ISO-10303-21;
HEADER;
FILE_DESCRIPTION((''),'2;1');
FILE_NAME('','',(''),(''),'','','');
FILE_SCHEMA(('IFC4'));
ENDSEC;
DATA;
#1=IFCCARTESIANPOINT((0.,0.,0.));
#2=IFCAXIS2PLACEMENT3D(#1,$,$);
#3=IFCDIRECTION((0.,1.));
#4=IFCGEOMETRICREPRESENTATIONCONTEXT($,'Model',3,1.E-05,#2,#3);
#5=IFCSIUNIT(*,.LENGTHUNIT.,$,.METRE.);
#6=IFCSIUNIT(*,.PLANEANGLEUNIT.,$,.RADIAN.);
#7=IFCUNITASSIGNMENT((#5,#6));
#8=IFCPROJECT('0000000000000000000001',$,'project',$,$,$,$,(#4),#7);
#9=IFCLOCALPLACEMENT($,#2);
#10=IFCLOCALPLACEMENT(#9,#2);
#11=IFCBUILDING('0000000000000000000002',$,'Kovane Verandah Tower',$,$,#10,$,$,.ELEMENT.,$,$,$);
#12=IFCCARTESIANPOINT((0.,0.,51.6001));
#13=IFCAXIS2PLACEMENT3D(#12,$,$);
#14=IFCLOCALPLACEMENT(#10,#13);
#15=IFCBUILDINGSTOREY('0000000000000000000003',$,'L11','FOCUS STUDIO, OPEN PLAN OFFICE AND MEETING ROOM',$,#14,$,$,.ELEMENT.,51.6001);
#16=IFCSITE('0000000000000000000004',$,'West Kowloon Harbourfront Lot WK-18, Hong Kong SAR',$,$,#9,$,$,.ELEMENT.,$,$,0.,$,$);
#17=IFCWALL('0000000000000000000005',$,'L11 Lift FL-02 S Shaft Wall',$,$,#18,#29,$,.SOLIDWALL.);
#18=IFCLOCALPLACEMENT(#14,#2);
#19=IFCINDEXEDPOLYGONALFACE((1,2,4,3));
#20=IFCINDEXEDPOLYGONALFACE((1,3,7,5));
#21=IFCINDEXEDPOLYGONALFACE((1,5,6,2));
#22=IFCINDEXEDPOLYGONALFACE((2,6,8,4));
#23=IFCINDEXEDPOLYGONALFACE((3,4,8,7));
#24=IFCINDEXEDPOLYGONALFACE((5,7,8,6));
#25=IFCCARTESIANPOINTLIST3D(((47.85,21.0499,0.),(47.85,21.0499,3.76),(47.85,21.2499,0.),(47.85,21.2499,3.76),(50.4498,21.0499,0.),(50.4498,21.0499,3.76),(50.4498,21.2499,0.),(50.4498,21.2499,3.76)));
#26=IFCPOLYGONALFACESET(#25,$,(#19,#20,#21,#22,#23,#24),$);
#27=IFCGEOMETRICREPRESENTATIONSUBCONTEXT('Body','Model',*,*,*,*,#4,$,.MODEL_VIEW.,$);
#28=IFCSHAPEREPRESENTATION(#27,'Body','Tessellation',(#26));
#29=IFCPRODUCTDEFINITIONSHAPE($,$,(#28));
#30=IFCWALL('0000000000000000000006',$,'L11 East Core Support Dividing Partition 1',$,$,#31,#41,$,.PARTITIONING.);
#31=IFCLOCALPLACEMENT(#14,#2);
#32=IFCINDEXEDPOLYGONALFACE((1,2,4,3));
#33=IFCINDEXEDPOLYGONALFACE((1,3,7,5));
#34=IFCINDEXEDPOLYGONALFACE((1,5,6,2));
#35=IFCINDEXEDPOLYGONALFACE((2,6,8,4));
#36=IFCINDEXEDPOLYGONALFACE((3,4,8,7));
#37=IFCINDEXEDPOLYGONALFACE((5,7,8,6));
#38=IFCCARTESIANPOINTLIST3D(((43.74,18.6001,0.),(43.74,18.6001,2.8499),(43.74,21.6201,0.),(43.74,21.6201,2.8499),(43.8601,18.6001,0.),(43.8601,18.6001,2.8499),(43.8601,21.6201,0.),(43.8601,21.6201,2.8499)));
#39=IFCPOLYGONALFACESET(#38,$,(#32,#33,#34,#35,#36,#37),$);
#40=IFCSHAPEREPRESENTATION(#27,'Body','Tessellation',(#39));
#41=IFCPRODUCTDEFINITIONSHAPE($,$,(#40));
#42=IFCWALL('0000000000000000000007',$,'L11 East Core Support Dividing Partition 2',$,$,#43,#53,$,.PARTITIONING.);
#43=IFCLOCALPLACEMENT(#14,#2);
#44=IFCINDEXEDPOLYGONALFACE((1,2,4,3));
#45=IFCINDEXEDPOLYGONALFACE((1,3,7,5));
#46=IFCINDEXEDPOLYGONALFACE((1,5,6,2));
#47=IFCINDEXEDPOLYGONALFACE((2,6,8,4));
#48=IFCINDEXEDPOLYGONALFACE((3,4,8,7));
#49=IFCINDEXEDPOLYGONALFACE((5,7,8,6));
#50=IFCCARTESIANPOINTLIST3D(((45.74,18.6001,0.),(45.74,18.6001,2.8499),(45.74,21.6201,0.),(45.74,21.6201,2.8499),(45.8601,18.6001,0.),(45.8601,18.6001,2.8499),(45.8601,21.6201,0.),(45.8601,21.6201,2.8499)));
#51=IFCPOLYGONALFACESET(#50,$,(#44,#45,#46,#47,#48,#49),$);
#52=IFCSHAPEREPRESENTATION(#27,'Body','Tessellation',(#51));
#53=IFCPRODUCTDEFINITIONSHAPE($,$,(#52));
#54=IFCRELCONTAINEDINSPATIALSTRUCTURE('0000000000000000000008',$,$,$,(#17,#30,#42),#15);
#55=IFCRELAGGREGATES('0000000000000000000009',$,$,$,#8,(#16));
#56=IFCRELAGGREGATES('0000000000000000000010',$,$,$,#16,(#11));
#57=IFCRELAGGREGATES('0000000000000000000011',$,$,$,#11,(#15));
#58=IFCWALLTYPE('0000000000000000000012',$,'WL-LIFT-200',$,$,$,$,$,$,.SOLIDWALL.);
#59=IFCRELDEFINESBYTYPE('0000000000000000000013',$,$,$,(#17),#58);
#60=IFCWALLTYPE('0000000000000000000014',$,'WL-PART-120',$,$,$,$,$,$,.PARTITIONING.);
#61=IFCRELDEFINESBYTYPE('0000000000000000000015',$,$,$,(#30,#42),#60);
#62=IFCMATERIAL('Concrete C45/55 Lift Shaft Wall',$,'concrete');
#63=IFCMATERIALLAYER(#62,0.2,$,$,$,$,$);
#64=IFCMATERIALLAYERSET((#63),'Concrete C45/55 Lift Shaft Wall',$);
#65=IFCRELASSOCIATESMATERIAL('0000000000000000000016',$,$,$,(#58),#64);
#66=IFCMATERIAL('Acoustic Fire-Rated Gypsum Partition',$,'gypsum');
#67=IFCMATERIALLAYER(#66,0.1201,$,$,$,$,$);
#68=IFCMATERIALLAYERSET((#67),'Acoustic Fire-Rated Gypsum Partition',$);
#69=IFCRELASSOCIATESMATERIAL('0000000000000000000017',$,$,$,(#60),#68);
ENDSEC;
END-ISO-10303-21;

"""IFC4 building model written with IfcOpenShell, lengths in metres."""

from ifc_helpers import new_model, si_unit, direction, frame, frame_2d, origin, place, context, subcontext, project, spatial, rectangle, extrude, material, layer, layer_set, type_object, element, save


model = new_model("IFC4")

# Units and contexts
model_context = context("Model", 3, precision=1e-05, world=origin(), true_north=direction((0.0, 1.0)))
body_context = subcontext(model_context, "Body", "Model", "MODEL_VIEW")
ifc_project = project(units=[si_unit("LENGTHUNIT", "METRE"), si_unit("PLANEANGLEUNIT", "RADIAN")], contexts=[model_context])

# Site, building, storey
site_placement = place(None, origin())
site = spatial("IfcSite", under=ifc_project, at=site_placement, Name="West Kowloon Harbourfront Lot WK-18, Hong Kong SAR", CompositionType="ELEMENT", RefElevation=0.0)
building_placement = place(site_placement, origin())
building = spatial("IfcBuilding", under=site, at=building_placement, Name="Kovane Verandah Tower", CompositionType="ELEMENT")
storey_placement = place(building_placement, frame((0.0, 0.0, 51.6001)))
storey = spatial("IfcBuildingStorey", under=building, at=storey_placement, Name="L11", Description="FOCUS STUDIO, OPEN PLAN OFFICE AND MEETING ROOM", CompositionType="ELEMENT", Elevation=51.6001)

# Walls
ifc_material_1 = material(Name="Concrete C45/55 Lift Shaft Wall", Category="concrete")
ifc_layer_1 = layer(ifc_material_1, 0.2)
ifc_layer_set_1 = layer_set([ifc_layer_1], Name="Concrete C45/55 Lift Shaft Wall")
wall_type_1 = type_object("IfcWallType", Name="WL-LIFT-200", PredefinedType="SOLIDWALL", material=ifc_layer_set_1)
wall_1_placement = place(storey_placement, frame((47.8501, 21.1499, 0.0), z_axis=(0.0, 0.0, 1.0), x_axis=(1.0, 0.0, 0.0)))
element("IfcWall", 1, at=wall_1_placement, inside=storey, type_object=wall_type_1, Name="L11 Lift FL-02 S Shaft Wall", PredefinedType="SOLIDWALL", context=body_context, shape_type="SweptSolid", body=[
    extrude(rectangle(XDim=2.5999, YDim=0.2, at=frame_2d((1.2998, 0.0))), origin(), (0.0, 0.0, 1.0), 3.76),
])
ifc_material_2 = material(Name="Acoustic Fire-Rated Gypsum Partition", Category="gypsum")
ifc_layer_2 = layer(ifc_material_2, 0.1201)
ifc_layer_set_2 = layer_set([ifc_layer_2], Name="Acoustic Fire-Rated Gypsum Partition")
wall_type_2 = type_object("IfcWallType", Name="WL-PART-120", PredefinedType="PARTITIONING", material=ifc_layer_set_2)
for number, where, z_axis, x_axis, name in (
    (2, (43.8, 18.6001, 0.0), (0.0, 0.0, 1.0), (0.0, 1.0, 0.0), "L11 East Core Support Dividing Partition 1"),
    (3, (45.8, 18.6001, 0.0), (0.0, 0.0, 1.0), (0.0, 1.0, 0.0), "L11 East Core Support Dividing Partition 2"),
):
    element("IfcWall", number, at=place(storey_placement, frame(where, z_axis=z_axis, x_axis=x_axis)), inside=storey, type_object=wall_type_2, Name=name, PredefinedType="PARTITIONING", context=body_context, shape_type="SweptSolid", body=[
        extrude(rectangle(XDim=3.02, YDim=0.1201, at=frame_2d((1.51, 0.0))), origin(), (0.0, 0.0, 1.0), 2.8499),
    ])

save(model, "model.ifc")
